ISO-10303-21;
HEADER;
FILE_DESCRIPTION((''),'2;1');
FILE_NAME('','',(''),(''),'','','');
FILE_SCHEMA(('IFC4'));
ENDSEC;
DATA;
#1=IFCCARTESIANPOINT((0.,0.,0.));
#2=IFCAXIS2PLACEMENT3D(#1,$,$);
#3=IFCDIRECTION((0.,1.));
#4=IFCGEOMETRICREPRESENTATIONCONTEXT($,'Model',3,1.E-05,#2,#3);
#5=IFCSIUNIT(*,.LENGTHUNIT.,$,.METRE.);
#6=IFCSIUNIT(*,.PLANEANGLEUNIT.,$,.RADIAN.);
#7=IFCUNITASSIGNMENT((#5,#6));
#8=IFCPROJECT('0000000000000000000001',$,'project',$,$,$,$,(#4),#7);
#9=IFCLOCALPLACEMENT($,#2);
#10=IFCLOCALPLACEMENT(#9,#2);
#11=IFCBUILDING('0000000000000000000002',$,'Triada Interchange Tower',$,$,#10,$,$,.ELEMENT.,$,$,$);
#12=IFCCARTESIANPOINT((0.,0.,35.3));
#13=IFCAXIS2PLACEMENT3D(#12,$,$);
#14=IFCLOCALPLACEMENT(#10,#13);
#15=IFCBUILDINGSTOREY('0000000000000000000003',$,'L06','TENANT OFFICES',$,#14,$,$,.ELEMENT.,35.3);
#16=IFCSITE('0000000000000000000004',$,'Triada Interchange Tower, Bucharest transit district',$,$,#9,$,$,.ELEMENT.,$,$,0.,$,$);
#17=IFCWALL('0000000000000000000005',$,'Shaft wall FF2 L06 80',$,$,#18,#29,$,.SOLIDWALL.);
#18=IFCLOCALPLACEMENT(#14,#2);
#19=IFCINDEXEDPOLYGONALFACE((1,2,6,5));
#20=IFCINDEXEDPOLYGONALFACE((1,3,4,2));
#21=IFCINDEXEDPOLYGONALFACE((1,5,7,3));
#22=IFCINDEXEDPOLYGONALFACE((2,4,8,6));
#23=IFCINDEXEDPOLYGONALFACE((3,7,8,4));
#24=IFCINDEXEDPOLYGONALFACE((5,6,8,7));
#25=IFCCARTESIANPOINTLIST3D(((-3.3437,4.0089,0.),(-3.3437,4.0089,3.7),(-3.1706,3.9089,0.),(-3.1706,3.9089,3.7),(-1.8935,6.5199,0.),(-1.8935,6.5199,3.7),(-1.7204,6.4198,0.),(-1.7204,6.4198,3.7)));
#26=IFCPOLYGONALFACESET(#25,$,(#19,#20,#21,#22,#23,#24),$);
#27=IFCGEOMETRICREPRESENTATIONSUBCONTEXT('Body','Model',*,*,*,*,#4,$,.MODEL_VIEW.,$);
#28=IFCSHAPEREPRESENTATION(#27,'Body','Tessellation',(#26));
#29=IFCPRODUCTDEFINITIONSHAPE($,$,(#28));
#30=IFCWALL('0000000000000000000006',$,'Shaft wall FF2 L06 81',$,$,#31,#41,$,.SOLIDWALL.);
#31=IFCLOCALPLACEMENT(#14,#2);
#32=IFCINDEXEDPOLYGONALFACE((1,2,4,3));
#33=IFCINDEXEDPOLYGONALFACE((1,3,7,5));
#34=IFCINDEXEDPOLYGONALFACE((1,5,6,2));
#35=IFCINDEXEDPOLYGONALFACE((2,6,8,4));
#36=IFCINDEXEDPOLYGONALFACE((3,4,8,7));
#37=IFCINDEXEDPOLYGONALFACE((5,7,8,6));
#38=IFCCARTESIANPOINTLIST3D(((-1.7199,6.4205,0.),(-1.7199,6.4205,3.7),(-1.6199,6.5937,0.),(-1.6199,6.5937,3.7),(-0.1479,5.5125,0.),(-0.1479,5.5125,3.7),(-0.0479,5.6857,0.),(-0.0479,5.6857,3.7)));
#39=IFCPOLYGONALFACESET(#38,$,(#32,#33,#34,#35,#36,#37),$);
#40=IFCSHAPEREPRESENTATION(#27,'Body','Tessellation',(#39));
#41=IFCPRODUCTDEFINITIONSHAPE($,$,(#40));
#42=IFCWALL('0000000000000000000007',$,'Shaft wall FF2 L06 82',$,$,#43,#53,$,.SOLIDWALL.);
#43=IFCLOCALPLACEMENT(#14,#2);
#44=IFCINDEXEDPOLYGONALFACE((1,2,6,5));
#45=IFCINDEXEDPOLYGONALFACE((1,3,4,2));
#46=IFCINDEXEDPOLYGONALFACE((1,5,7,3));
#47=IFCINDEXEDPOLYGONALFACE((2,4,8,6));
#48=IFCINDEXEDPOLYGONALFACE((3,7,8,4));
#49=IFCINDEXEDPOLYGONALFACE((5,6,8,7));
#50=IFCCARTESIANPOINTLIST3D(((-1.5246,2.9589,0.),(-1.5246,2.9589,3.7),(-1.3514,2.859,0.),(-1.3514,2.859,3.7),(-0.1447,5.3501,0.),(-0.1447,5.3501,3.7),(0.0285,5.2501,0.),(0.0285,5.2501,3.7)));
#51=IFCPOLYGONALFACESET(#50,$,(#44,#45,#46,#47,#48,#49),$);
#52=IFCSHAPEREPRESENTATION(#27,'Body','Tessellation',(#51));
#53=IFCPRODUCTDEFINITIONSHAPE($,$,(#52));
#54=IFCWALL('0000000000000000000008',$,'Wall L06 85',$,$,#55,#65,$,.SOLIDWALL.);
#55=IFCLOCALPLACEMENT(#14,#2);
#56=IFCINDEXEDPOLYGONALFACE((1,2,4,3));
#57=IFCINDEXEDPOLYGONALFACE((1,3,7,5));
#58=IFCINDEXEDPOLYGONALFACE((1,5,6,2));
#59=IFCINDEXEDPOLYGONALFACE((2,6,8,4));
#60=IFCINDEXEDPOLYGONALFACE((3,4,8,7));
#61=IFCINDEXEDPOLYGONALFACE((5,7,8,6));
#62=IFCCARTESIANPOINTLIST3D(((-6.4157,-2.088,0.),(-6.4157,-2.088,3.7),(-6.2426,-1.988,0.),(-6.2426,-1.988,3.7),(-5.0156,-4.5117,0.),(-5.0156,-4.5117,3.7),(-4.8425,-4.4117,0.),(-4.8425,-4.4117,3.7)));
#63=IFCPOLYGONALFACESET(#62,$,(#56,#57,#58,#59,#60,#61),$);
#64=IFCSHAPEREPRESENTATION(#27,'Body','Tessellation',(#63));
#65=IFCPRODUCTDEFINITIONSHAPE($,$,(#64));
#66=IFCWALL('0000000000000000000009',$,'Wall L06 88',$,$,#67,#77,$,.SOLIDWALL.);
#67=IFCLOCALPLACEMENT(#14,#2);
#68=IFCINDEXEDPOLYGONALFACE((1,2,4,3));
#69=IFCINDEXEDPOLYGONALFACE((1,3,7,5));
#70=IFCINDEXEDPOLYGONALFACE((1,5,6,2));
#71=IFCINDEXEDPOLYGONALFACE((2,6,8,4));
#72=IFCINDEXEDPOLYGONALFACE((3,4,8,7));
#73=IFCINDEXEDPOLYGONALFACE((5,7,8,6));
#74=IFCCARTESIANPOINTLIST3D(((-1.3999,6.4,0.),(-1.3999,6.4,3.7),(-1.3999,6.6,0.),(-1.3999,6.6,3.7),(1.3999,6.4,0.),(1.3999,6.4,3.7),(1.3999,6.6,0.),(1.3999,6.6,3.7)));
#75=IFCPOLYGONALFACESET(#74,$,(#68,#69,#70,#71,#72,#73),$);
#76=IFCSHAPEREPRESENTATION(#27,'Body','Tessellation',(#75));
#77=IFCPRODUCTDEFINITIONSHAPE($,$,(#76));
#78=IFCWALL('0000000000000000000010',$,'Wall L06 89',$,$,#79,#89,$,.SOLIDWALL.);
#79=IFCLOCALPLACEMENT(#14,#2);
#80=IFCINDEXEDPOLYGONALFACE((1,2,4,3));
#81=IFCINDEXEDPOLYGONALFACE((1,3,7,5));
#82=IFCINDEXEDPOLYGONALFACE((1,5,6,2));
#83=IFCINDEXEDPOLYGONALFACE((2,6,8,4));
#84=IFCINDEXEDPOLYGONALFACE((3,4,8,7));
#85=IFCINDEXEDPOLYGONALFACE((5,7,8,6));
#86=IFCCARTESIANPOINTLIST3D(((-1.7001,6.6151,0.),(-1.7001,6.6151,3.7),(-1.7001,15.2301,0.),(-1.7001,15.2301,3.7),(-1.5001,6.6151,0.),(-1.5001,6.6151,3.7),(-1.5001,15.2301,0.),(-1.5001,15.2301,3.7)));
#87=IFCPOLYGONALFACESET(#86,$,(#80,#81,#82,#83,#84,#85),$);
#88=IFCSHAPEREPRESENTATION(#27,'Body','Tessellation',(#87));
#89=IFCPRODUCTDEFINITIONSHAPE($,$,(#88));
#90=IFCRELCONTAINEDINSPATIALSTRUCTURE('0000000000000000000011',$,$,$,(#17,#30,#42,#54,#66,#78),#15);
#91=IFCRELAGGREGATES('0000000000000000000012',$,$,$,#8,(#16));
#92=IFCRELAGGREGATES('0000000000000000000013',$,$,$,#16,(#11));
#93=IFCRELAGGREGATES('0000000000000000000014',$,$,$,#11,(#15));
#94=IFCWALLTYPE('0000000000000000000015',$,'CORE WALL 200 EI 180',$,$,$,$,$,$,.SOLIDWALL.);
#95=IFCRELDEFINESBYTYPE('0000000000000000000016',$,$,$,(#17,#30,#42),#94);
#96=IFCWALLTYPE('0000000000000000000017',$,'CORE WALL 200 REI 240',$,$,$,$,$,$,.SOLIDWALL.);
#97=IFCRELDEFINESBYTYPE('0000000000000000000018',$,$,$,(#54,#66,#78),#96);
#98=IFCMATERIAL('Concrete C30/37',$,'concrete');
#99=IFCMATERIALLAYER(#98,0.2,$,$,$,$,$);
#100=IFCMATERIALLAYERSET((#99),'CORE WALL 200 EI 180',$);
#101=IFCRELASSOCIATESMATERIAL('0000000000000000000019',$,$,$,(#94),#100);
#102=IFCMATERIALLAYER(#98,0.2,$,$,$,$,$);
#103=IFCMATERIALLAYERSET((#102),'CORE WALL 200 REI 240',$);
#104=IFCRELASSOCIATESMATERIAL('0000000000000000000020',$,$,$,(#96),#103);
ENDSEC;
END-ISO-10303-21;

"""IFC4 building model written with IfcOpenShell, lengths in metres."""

from ifc_helpers import new_model, si_unit, direction, frame, frame_2d, origin, place, context, subcontext, project, spatial, rectangle, extrude, material, layer, layer_set, type_object, element, save


model = new_model("IFC4")

# Units and contexts
model_context = context("Model", 3, precision=1e-05, world=origin(), true_north=direction((0.0, 1.0)))
body_context = subcontext(model_context, "Body", "Model", "MODEL_VIEW")
ifc_project = project(units=[si_unit("LENGTHUNIT", "METRE"), si_unit("PLANEANGLEUNIT", "RADIAN")], contexts=[model_context])

# Site, building, storey
site_placement = place(None, origin())
site = spatial("IfcSite", under=ifc_project, at=site_placement, Name="Triada Interchange Tower, Bucharest transit district", CompositionType="ELEMENT", RefElevation=0.0)
building_placement = place(site_placement, origin())
building = spatial("IfcBuilding", under=site, at=building_placement, Name="Triada Interchange Tower", CompositionType="ELEMENT")
storey_placement = place(building_placement, frame((0.0, 0.0, 35.3)))
storey = spatial("IfcBuildingStorey", under=building, at=storey_placement, Name="L06", Description="TENANT OFFICES", CompositionType="ELEMENT", Elevation=35.3)

# Shared definitions
ifc_material_1 = material(Name="Concrete C30/37", Category="concrete")
ifc_layer_1 = layer(ifc_material_1, 0.2)
ifc_layer_set_1 = layer_set([ifc_layer_1], Name="CORE WALL 200 EI 180")
wall_type_1 = type_object("IfcWallType", Name="CORE WALL 200 EI 180", PredefinedType="SOLIDWALL", material=ifc_layer_set_1)

# Walls
wall_1_placement = place(storey_placement, frame((-3.2571, 3.959, 0.0), z_axis=(0.0, 0.0, 1.0), x_axis=(0.500123, 0.865954, 0.0)))
element("IfcWall", 1, at=wall_1_placement, inside=storey, type_object=wall_type_1, Name="Shaft wall FF2 L06 80", PredefinedType="SOLIDWALL", context=body_context, shape_type="SweptSolid", body=[
    extrude(rectangle(XDim=2.8997, YDim=0.2, at=frame_2d((1.4497, 0.0))), origin(), (0.0, 0.0, 1.0), 3.7),
])
wall_2_placement = place(storey_placement, frame((-1.6699, 6.5071, 0.0), z_axis=(0.0, 0.0, 1.0), x_axis=(0.865941, -0.500145, 0.0)))
element("IfcWall", 2, at=wall_2_placement, inside=storey, type_object=wall_type_1, Name="Shaft wall FF2 L06 81", PredefinedType="SOLIDWALL", context=body_context, shape_type="SweptSolid", body=[
    extrude(rectangle(XDim=1.8154, YDim=0.2, at=frame_2d((0.9077, 0.0))), origin(), (0.0, 0.0, 1.0), 3.7),
])
wall_3_placement = place(storey_placement, frame((-1.438, 2.9089, 0.0), z_axis=(0.0, 0.0, 1.0), x_axis=(0.49983, 0.866124, 0.0)))
element("IfcWall", 3, at=wall_3_placement, inside=storey, type_object=wall_type_1, Name="Shaft wall FF2 L06 82", PredefinedType="SOLIDWALL", context=body_context, shape_type="SweptSolid", body=[
    extrude(rectangle(XDim=2.7607, YDim=0.2, at=frame_2d((1.3804, 0.0))), origin(), (0.0, 0.0, 1.0), 3.7),
])
ifc_layer_2 = layer(ifc_material_1, 0.2)
ifc_layer_set_2 = layer_set([ifc_layer_2], Name="CORE WALL 200 REI 240")
wall_type_2 = type_object("IfcWallType", Name="CORE WALL 200 REI 240", PredefinedType="SOLIDWALL", material=ifc_layer_set_2)
wall_4_placement = place(storey_placement, frame((-6.3291, -2.0381, 0.0), z_axis=(0.0, 0.0, 1.0), x_axis=(0.500201, -0.86591, 0.0)))
element("IfcWall", 4, at=wall_4_placement, inside=storey, type_object=wall_type_2, Name="Wall L06 85", PredefinedType="SOLIDWALL", context=body_context, shape_type="SweptSolid", body=[
    extrude(rectangle(XDim=2.7991, YDim=0.2, at=frame_2d((1.3994, 0.0))), origin(), (0.0, 0.0, 1.0), 3.7),
])
wall_5_placement = place(storey_placement, frame((-1.3999, 6.5, 0.0), z_axis=(0.0, 0.0, 1.0), x_axis=(1.0, 0.0, 0.0)))
element("IfcWall", 5, at=wall_5_placement, inside=storey, type_object=wall_type_2, Name="Wall L06 88", PredefinedType="SOLIDWALL", context=body_context, shape_type="SweptSolid", body=[
    extrude(rectangle(XDim=2.7998, YDim=0.2, at=frame_2d((1.3999, 0.0))), origin(), (0.0, 0.0, 1.0), 3.7),
])
wall_6_placement = place(storey_placement, frame((-1.6001, 6.615, 0.0), z_axis=(0.0, 0.0, 1.0), x_axis=(0.0, 1.0, 0.0)))
element("IfcWall", 6, at=wall_6_placement, inside=storey, type_object=wall_type_2, Name="Wall L06 89", PredefinedType="SOLIDWALL", context=body_context, shape_type="SweptSolid", body=[
    extrude(rectangle(XDim=8.615, YDim=0.2, at=frame_2d((4.3076, 0.0))), origin(), (0.0, 0.0, 1.0), 3.7),
])

save(model, "model.ifc")
